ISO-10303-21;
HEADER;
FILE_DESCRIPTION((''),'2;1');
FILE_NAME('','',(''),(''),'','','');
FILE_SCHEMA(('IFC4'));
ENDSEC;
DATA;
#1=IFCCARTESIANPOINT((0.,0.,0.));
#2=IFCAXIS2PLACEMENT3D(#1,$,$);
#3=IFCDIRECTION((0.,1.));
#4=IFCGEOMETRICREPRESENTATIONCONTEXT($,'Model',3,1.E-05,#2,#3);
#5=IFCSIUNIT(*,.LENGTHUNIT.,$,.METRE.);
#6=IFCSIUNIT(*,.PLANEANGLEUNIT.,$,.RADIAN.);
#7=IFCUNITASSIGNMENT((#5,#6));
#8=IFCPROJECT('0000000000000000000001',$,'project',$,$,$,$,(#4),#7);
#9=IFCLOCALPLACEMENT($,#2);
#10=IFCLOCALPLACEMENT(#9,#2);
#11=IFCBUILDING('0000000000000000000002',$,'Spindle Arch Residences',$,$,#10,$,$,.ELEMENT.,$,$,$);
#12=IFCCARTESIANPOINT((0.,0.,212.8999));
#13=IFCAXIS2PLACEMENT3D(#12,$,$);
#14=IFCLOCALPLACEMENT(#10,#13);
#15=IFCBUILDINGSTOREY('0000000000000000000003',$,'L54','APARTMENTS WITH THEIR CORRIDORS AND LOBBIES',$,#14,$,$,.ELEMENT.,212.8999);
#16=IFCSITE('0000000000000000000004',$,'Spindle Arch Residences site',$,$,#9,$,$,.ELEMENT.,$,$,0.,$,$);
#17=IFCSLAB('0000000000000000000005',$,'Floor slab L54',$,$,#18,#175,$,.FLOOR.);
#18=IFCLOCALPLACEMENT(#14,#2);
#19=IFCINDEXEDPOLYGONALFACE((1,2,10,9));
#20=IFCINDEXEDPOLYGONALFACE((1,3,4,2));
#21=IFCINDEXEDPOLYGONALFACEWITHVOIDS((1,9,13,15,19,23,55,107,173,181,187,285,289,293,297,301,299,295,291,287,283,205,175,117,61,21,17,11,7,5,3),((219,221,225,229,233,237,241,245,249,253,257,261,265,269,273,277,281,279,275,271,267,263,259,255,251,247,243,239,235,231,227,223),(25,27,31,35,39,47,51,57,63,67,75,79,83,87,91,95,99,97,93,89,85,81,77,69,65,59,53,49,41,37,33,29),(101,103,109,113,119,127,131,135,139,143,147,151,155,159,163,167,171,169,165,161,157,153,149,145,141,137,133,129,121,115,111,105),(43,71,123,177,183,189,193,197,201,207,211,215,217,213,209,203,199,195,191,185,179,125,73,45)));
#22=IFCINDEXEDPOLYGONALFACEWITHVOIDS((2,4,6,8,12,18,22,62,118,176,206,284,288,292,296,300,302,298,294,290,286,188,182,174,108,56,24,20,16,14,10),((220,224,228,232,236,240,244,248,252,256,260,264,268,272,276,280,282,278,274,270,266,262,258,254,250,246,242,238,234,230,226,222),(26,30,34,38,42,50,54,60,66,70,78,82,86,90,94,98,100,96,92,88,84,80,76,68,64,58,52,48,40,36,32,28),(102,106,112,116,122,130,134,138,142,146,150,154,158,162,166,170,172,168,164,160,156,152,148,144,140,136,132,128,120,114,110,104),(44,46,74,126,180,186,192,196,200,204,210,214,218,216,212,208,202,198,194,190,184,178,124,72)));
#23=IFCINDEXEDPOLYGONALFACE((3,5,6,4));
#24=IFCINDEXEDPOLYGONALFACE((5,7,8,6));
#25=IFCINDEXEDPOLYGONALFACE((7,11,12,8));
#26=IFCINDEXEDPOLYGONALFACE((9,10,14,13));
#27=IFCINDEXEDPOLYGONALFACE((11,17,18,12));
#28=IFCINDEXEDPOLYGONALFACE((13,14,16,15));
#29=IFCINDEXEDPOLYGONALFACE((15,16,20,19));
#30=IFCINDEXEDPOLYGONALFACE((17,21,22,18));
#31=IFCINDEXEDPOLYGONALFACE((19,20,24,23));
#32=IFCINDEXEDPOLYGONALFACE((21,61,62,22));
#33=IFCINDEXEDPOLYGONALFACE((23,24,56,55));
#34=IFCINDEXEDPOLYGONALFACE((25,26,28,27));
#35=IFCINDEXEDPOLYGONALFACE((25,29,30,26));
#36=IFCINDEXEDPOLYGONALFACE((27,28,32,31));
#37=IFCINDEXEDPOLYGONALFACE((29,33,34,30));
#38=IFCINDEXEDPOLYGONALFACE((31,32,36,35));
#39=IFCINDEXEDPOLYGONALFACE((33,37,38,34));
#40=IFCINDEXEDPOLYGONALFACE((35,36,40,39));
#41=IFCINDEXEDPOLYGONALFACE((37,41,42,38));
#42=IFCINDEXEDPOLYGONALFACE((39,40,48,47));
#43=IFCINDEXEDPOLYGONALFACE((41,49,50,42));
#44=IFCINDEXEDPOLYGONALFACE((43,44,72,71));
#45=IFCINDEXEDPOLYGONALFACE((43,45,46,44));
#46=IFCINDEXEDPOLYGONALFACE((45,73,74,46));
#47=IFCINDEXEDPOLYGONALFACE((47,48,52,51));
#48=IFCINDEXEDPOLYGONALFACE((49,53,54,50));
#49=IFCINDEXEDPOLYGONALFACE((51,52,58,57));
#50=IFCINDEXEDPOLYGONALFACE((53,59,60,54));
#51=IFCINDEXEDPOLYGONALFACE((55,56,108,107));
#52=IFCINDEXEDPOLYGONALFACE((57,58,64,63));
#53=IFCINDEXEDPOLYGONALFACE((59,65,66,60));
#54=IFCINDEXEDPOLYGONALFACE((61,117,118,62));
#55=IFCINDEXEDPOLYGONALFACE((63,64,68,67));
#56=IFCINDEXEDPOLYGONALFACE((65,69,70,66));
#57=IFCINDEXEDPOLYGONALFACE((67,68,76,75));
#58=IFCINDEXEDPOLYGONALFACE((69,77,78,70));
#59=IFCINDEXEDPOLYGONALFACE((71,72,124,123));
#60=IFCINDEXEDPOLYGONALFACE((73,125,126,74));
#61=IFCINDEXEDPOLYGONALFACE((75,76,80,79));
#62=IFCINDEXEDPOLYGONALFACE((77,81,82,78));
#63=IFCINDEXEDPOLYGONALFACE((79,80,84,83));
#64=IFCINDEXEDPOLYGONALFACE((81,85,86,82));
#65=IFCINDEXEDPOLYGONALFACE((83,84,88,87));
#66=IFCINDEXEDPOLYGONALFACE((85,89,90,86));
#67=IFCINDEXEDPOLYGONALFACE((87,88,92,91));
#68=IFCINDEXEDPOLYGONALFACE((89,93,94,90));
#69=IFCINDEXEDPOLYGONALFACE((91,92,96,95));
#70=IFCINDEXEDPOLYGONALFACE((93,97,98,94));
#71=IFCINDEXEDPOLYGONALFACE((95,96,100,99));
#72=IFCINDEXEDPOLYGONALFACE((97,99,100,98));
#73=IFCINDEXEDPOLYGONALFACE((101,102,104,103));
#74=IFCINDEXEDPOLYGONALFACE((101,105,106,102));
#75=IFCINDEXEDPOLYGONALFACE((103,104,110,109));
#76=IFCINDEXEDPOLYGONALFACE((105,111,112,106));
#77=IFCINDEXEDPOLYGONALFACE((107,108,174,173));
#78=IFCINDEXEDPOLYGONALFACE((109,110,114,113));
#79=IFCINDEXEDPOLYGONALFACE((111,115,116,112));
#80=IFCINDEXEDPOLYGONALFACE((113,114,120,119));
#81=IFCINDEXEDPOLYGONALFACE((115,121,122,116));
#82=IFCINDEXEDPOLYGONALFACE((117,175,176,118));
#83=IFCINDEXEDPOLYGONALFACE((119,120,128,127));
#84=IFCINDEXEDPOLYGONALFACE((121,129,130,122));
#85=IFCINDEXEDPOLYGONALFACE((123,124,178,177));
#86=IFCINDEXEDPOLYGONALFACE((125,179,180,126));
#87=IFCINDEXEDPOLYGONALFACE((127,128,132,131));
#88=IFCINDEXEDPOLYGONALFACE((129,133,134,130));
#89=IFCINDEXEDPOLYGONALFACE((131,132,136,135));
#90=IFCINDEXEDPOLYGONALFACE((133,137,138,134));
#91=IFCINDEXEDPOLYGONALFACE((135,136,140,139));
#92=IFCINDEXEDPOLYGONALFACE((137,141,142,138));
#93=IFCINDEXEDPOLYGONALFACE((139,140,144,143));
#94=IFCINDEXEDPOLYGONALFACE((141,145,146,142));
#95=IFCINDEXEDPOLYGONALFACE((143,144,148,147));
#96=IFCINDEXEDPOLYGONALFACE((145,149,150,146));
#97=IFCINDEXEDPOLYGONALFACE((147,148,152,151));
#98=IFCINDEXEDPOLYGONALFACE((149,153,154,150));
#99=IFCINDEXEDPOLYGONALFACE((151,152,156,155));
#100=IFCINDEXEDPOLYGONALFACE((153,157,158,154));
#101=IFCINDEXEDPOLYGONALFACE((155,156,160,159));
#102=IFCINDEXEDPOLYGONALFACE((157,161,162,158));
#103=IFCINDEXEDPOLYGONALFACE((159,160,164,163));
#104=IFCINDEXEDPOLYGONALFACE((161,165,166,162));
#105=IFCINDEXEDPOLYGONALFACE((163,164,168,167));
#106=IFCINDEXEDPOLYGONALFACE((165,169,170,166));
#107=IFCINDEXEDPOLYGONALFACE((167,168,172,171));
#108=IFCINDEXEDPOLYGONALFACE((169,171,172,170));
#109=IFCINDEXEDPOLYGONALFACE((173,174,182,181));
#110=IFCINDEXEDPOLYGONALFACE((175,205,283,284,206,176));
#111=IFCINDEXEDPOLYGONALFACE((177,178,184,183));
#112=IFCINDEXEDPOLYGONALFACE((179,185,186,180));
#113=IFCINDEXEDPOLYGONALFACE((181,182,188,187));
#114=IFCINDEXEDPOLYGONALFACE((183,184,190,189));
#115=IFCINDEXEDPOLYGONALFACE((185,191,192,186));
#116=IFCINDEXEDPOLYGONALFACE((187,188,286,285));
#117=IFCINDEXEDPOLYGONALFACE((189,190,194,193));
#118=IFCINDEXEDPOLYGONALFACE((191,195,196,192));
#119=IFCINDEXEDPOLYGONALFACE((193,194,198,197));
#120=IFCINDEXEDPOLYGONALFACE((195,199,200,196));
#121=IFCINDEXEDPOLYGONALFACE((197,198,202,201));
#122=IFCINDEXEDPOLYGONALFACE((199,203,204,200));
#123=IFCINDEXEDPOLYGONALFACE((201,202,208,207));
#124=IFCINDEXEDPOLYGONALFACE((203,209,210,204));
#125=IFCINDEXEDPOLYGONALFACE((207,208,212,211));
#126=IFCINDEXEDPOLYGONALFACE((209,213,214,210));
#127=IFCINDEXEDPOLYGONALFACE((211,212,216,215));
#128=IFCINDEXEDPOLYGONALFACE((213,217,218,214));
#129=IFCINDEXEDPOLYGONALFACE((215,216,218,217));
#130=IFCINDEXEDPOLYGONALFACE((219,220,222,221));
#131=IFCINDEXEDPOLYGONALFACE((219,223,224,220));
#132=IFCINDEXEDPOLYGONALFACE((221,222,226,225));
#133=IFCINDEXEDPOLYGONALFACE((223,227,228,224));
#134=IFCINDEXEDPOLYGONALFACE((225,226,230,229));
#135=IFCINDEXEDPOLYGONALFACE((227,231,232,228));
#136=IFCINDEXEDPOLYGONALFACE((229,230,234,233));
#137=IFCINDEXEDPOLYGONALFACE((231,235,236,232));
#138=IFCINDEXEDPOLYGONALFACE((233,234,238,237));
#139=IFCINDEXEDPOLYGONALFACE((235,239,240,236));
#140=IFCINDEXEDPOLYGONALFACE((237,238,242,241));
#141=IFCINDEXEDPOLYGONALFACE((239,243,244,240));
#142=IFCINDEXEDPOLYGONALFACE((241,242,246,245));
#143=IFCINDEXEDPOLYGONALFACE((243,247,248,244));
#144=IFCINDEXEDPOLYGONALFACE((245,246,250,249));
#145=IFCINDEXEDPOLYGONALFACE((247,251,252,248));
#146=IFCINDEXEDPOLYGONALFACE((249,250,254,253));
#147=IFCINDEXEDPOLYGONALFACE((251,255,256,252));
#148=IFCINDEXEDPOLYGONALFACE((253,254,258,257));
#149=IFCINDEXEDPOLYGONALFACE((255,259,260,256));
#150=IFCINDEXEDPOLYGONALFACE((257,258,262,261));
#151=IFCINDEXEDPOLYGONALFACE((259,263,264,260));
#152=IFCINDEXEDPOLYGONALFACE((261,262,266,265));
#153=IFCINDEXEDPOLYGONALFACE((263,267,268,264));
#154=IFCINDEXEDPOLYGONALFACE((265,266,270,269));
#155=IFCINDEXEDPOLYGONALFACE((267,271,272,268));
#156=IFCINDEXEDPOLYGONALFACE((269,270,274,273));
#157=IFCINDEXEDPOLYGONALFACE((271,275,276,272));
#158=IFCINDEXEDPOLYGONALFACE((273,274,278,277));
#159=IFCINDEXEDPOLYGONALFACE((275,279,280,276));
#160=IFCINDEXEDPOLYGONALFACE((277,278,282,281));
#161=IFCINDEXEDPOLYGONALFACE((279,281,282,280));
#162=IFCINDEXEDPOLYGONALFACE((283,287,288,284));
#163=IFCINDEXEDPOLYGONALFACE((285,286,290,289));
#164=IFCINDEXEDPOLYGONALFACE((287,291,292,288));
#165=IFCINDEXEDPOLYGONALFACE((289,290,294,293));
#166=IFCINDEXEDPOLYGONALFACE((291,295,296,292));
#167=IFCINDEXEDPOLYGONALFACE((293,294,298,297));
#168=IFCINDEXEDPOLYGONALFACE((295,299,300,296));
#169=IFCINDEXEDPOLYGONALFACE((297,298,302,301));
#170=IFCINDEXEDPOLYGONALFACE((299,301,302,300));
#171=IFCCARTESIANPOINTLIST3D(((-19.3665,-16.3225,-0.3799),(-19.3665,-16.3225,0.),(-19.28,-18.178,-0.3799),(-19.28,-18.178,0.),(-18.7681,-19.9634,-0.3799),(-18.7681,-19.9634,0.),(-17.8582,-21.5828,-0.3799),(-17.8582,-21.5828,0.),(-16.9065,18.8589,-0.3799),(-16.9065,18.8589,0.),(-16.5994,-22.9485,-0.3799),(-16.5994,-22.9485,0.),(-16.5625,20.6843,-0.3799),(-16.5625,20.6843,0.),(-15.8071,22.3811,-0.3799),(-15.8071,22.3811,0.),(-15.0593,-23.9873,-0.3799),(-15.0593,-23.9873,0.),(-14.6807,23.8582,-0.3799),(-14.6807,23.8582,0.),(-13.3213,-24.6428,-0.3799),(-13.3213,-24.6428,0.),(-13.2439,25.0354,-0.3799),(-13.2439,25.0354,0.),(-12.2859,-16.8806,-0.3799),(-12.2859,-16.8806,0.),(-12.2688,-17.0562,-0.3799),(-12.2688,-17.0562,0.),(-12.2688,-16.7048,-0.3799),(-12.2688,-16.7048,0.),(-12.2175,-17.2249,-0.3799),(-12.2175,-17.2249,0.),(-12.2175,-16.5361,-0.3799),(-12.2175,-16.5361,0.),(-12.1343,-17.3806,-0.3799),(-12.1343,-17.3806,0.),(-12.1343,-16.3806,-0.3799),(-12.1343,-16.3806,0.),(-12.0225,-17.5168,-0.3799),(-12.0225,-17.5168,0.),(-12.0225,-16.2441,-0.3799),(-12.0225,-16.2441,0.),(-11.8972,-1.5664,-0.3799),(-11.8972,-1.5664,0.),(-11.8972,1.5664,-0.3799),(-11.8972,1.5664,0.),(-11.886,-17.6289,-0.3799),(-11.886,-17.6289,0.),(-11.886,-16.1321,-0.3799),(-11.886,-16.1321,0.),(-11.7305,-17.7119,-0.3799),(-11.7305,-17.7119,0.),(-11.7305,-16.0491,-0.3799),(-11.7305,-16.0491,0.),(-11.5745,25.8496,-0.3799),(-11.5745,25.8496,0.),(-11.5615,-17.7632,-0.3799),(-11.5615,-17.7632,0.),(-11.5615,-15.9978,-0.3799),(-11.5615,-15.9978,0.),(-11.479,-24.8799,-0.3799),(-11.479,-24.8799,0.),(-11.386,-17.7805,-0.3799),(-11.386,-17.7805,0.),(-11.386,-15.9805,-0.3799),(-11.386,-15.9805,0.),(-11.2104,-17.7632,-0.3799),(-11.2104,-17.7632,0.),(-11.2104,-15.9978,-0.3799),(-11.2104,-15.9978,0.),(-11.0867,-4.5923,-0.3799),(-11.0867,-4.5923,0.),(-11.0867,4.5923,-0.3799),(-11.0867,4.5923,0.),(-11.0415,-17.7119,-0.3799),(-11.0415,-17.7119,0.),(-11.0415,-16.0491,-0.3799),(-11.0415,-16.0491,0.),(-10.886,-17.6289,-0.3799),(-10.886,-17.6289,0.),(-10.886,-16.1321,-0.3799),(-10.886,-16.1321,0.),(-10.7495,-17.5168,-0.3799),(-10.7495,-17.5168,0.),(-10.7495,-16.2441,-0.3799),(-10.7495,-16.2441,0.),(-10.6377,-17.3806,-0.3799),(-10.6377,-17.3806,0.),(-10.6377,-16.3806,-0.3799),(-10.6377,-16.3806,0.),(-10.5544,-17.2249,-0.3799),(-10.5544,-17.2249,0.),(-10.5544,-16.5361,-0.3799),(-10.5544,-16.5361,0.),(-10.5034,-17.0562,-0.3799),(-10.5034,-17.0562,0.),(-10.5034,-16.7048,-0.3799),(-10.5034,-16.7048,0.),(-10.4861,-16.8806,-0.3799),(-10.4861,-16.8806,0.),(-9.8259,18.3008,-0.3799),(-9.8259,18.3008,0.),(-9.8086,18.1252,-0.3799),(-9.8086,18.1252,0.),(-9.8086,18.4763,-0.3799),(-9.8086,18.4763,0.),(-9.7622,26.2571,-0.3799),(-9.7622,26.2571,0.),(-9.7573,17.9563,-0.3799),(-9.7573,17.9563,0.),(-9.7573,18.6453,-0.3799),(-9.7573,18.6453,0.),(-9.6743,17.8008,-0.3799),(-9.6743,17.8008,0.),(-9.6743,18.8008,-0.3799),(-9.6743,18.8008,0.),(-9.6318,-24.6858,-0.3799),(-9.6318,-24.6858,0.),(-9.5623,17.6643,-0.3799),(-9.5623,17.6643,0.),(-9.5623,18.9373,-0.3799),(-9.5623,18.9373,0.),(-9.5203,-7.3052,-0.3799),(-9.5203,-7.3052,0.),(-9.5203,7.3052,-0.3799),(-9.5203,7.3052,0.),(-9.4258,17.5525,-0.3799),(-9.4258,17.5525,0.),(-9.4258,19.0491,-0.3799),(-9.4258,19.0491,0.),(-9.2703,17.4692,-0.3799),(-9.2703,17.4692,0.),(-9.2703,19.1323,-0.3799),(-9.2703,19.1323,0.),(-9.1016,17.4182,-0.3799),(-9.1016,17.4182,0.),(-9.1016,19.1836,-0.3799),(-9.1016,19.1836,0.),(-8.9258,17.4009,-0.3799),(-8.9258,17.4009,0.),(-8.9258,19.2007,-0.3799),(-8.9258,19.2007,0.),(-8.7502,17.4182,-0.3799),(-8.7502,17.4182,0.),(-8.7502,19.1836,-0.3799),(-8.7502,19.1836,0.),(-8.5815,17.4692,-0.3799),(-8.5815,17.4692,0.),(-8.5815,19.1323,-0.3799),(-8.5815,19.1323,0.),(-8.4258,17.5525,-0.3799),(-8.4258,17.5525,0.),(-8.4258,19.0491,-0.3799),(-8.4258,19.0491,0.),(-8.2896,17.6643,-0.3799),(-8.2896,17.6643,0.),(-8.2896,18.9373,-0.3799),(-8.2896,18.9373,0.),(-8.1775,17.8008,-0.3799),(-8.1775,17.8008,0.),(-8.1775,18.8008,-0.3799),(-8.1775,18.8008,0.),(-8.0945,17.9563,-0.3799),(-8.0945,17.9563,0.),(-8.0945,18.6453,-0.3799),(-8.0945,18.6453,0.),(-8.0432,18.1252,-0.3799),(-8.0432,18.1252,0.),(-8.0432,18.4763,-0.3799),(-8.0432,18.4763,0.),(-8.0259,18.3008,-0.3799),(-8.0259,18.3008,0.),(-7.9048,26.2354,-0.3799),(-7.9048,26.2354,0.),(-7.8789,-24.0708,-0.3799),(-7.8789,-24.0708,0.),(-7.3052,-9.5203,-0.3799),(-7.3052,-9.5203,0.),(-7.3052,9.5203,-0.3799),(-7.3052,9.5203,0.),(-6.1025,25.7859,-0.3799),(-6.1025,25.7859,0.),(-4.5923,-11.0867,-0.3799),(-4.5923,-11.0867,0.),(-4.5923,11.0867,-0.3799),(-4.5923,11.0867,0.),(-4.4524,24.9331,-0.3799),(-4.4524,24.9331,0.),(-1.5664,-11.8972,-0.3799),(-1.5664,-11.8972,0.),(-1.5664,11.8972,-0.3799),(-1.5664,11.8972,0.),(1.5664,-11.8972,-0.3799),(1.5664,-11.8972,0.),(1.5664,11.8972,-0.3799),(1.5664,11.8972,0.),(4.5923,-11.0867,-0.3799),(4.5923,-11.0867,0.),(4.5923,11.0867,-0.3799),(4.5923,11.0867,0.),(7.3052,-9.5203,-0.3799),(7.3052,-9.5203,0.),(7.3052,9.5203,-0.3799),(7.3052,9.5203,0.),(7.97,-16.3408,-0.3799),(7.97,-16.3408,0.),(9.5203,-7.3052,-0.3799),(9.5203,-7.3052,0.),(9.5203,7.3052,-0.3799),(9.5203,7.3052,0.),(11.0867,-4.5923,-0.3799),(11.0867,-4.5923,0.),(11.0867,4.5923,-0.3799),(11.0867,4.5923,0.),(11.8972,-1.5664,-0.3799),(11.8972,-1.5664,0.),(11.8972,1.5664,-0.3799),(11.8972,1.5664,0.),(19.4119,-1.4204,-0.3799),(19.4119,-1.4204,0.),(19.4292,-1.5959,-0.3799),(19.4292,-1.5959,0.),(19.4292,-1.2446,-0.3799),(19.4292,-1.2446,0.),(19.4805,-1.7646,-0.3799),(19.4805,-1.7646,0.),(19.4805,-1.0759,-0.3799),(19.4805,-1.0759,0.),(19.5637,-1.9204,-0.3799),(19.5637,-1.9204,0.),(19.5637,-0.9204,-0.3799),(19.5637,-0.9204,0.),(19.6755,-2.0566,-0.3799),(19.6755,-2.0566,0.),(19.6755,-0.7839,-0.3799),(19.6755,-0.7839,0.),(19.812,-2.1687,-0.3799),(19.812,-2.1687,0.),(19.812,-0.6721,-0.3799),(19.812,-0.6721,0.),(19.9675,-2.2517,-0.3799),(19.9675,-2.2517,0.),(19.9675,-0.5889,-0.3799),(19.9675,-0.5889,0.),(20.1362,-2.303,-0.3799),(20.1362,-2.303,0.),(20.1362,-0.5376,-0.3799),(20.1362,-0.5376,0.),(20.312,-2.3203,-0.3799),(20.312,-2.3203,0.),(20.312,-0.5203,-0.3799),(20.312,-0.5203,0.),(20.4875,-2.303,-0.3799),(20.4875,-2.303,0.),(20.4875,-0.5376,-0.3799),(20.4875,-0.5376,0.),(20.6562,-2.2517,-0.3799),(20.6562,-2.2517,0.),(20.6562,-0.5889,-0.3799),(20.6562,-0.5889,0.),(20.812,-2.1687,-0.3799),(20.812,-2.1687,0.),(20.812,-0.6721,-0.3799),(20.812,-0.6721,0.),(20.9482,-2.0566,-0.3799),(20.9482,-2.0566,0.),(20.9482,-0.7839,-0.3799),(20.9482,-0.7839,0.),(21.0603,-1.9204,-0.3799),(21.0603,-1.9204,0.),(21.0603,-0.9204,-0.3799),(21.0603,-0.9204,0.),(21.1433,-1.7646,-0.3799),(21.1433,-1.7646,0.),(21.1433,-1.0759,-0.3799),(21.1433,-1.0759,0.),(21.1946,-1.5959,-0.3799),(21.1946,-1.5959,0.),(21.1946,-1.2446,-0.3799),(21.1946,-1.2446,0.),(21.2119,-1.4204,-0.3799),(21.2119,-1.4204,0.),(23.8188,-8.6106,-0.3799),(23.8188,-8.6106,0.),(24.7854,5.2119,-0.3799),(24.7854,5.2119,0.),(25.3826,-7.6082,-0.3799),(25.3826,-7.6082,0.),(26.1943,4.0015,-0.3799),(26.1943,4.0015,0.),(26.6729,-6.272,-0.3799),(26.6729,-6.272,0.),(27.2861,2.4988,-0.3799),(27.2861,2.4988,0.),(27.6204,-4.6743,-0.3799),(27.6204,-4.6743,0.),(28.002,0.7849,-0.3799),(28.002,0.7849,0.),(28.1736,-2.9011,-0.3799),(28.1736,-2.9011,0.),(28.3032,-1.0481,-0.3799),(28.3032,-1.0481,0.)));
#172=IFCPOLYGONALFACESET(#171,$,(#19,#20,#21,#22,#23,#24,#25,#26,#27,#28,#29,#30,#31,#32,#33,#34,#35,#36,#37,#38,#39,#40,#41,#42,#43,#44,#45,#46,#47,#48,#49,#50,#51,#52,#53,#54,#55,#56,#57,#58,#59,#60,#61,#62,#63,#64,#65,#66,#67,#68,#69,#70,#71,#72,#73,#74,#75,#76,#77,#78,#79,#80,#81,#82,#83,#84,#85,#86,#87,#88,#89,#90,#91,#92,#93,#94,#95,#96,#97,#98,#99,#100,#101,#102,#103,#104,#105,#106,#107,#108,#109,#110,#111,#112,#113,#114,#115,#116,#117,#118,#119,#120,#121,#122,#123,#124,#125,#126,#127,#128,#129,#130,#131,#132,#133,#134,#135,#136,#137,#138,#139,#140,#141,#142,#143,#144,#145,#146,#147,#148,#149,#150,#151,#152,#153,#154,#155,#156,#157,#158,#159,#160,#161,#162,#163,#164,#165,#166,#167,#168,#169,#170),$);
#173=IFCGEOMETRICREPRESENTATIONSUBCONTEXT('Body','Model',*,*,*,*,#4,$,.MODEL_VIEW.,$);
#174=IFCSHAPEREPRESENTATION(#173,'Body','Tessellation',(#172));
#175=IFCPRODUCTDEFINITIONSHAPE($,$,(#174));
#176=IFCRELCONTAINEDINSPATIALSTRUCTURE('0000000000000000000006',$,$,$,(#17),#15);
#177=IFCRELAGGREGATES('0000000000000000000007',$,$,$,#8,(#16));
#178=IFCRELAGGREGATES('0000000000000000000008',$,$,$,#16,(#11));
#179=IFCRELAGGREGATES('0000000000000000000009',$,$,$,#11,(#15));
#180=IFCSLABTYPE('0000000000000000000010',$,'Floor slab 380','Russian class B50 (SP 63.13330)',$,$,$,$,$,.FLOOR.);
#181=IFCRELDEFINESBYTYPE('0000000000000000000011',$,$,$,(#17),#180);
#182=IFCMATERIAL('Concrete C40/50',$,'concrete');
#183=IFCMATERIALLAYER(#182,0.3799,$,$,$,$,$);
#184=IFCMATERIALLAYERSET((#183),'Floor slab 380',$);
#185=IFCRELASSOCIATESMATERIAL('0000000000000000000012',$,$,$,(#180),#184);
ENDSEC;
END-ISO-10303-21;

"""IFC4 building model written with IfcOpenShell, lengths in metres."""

from ifc_helpers import new_model, si_unit, direction, frame, origin, place, context, subcontext, project, spatial, polyline, outline, extrude, material, layer, layer_set, type_object, element, save


model = new_model("IFC4")

# Units and contexts
model_context = context("Model", 3, precision=1e-05, world=origin(), true_north=direction((0.0, 1.0)))
body_context = subcontext(model_context, "Body", "Model", "MODEL_VIEW")
ifc_project = project(units=[si_unit("LENGTHUNIT", "METRE"), si_unit("PLANEANGLEUNIT", "RADIAN")], contexts=[model_context])

# Site, building, storey
site_placement = place(None, origin())
site = spatial("IfcSite", under=ifc_project, at=site_placement, Name="Spindle Arch Residences site", CompositionType="ELEMENT", RefElevation=0.0)
building_placement = place(site_placement, origin())
building = spatial("IfcBuilding", under=site, at=building_placement, Name="Spindle Arch Residences", CompositionType="ELEMENT")
storey_placement = place(building_placement, frame((0.0, 0.0, 212.8999)))
storey = spatial("IfcBuildingStorey", under=building, at=storey_placement, Name="L54", Description="APARTMENTS WITH THEIR CORRIDORS AND LOBBIES", CompositionType="ELEMENT", Elevation=212.8999)

# Slab
ifc_material_1 = material(Name="Concrete C40/50", Category="concrete")
ifc_layer_1 = layer(ifc_material_1, 0.3799)
ifc_layer_set_1 = layer_set([ifc_layer_1], Name="Floor slab 380")
slab_type_1 = type_object("IfcSlabType", Name="Floor slab 380", Description="Russian class B50 (SP 63.13330)", PredefinedType="FLOOR", material=ifc_layer_set_1)
slab_1_placement = place(storey_placement, frame((0.0, 0.0, -0.3799)))
element("IfcSlab", 1, at=slab_1_placement, inside=storey, type_object=slab_type_1, Name="Floor slab L54", PredefinedType="FLOOR", context=body_context, shape_type="SweptSolid", body=[
    extrude(outline(polyline([(-9.6318, -24.6858), (-11.479, -24.8799), (-13.3213, -24.6428), (-15.0593, -23.9873), (-16.5994, -22.9485), (-17.8582, -21.5828), (-18.7681, -19.9634), (-19.28, -18.178), (-19.3665, -16.3225), (-16.9065, 18.8589), (-16.5625, 20.6843), (-15.8071, 22.3811), (-14.6807, 23.8582), (-13.2439, 25.0354), (-11.5745, 25.8496), (-9.7622, 26.2571), (-7.9048, 26.2354), (-6.1025, 25.7859), (-4.4524, 24.9331), (24.7854, 5.2119), (26.1943, 4.0015), (27.2861, 2.4988), (28.002, 0.7849), (28.3032, -1.0481), (28.1736, -2.9011), (27.6204, -4.6743), (26.6729, -6.272), (25.3826, -7.6082), (23.8188, -8.6106), (7.97, -16.3408), (-7.8789, -24.0708), (-9.6318, -24.6858)]), holes=[polyline([(7.3052, -9.5203), (9.5203, -7.3052), (11.0867, -4.5923), (11.8972, -1.5664), (11.8972, 1.5664), (11.0867, 4.5923), (9.5203, 7.3052), (7.3052, 9.5203), (4.5923, 11.0867), (1.5664, 11.8972), (-1.5664, 11.8972), (-4.5923, 11.0867), (-7.3052, 9.5203), (-9.5203, 7.3052), (-11.0867, 4.5923), (-11.8972, 1.5664), (-11.8972, -1.5664), (-11.0867, -4.5923), (-9.5203, -7.3052), (-7.3052, -9.5203), (-4.5923, -11.0867), (-1.5664, -11.8972), (1.5664, -11.8972), (4.5923, -11.0867), (7.3052, -9.5203)]), polyline([(-10.6377, -17.3806), (-10.5544, -17.2249), (-10.5034, -17.0562), (-10.4861, -16.8806), (-10.5034, -16.7048), (-10.5544, -16.5361), (-10.6377, -16.3806), (-10.7495, -16.2441), (-10.886, -16.1321), (-11.0415, -16.0491), (-11.2104, -15.9978), (-11.386, -15.9805), (-11.5615, -15.9978), (-11.7305, -16.0491), (-11.886, -16.1321), (-12.0225, -16.2441), (-12.1343, -16.3806), (-12.2175, -16.5361), (-12.2688, -16.7048), (-12.2859, -16.8806), (-12.2688, -17.0562), (-12.2175, -17.2249), (-12.1343, -17.3806), (-12.0225, -17.5168), (-11.886, -17.6289), (-11.7305, -17.7119), (-11.5615, -17.7632), (-11.386, -17.7805), (-11.2104, -17.7632), (-11.0415, -17.7119), (-10.886, -17.6289), (-10.7495, -17.5168), (-10.6377, -17.3806)]), polyline([(-8.1775, 17.8008), (-8.0945, 17.9563), (-8.0432, 18.1252), (-8.0259, 18.3008), (-8.0432, 18.4763), (-8.0945, 18.6453), (-8.1775, 18.8008), (-8.2896, 18.9373), (-8.4258, 19.0491), (-8.5815, 19.1323), (-8.7502, 19.1836), (-8.9258, 19.2007), (-9.1016, 19.1836), (-9.2703, 19.1323), (-9.4258, 19.0491), (-9.5623, 18.9373), (-9.6743, 18.8008), (-9.7573, 18.6453), (-9.8086, 18.4763), (-9.8259, 18.3008), (-9.8086, 18.1252), (-9.7573, 17.9563), (-9.6743, 17.8008), (-9.5623, 17.6643), (-9.4258, 17.5525), (-9.2703, 17.4692), (-9.1016, 17.4182), (-8.9258, 17.4009), (-8.7502, 17.4182), (-8.5815, 17.4692), (-8.4258, 17.5525), (-8.2896, 17.6643), (-8.1775, 17.8008)]), polyline([(20.9482, -2.0566), (21.0603, -1.9204), (21.1433, -1.7646), (21.1946, -1.5959), (21.2119, -1.4204), (21.1946, -1.2446), (21.1433, -1.0759), (21.0603, -0.9204), (20.9482, -0.7839), (20.812, -0.6721), (20.6562, -0.5889), (20.4875, -0.5376), (20.312, -0.5203), (20.1362, -0.5376), (19.9675, -0.5889), (19.812, -0.6721), (19.6755, -0.7839), (19.5637, -0.9204), (19.4805, -1.0759), (19.4292, -1.2446), (19.4119, -1.4204), (19.4292, -1.5959), (19.4805, -1.7646), (19.5637, -1.9204), (19.6755, -2.0566), (19.812, -2.1687), (19.9675, -2.2517), (20.1362, -2.303), (20.312, -2.3203), (20.4875, -2.303), (20.6562, -2.2517), (20.812, -2.1687), (20.9482, -2.0566)])]), origin(), (0.0, 0.0, 1.0), 0.3799),
])

save(model, "model.ifc")
